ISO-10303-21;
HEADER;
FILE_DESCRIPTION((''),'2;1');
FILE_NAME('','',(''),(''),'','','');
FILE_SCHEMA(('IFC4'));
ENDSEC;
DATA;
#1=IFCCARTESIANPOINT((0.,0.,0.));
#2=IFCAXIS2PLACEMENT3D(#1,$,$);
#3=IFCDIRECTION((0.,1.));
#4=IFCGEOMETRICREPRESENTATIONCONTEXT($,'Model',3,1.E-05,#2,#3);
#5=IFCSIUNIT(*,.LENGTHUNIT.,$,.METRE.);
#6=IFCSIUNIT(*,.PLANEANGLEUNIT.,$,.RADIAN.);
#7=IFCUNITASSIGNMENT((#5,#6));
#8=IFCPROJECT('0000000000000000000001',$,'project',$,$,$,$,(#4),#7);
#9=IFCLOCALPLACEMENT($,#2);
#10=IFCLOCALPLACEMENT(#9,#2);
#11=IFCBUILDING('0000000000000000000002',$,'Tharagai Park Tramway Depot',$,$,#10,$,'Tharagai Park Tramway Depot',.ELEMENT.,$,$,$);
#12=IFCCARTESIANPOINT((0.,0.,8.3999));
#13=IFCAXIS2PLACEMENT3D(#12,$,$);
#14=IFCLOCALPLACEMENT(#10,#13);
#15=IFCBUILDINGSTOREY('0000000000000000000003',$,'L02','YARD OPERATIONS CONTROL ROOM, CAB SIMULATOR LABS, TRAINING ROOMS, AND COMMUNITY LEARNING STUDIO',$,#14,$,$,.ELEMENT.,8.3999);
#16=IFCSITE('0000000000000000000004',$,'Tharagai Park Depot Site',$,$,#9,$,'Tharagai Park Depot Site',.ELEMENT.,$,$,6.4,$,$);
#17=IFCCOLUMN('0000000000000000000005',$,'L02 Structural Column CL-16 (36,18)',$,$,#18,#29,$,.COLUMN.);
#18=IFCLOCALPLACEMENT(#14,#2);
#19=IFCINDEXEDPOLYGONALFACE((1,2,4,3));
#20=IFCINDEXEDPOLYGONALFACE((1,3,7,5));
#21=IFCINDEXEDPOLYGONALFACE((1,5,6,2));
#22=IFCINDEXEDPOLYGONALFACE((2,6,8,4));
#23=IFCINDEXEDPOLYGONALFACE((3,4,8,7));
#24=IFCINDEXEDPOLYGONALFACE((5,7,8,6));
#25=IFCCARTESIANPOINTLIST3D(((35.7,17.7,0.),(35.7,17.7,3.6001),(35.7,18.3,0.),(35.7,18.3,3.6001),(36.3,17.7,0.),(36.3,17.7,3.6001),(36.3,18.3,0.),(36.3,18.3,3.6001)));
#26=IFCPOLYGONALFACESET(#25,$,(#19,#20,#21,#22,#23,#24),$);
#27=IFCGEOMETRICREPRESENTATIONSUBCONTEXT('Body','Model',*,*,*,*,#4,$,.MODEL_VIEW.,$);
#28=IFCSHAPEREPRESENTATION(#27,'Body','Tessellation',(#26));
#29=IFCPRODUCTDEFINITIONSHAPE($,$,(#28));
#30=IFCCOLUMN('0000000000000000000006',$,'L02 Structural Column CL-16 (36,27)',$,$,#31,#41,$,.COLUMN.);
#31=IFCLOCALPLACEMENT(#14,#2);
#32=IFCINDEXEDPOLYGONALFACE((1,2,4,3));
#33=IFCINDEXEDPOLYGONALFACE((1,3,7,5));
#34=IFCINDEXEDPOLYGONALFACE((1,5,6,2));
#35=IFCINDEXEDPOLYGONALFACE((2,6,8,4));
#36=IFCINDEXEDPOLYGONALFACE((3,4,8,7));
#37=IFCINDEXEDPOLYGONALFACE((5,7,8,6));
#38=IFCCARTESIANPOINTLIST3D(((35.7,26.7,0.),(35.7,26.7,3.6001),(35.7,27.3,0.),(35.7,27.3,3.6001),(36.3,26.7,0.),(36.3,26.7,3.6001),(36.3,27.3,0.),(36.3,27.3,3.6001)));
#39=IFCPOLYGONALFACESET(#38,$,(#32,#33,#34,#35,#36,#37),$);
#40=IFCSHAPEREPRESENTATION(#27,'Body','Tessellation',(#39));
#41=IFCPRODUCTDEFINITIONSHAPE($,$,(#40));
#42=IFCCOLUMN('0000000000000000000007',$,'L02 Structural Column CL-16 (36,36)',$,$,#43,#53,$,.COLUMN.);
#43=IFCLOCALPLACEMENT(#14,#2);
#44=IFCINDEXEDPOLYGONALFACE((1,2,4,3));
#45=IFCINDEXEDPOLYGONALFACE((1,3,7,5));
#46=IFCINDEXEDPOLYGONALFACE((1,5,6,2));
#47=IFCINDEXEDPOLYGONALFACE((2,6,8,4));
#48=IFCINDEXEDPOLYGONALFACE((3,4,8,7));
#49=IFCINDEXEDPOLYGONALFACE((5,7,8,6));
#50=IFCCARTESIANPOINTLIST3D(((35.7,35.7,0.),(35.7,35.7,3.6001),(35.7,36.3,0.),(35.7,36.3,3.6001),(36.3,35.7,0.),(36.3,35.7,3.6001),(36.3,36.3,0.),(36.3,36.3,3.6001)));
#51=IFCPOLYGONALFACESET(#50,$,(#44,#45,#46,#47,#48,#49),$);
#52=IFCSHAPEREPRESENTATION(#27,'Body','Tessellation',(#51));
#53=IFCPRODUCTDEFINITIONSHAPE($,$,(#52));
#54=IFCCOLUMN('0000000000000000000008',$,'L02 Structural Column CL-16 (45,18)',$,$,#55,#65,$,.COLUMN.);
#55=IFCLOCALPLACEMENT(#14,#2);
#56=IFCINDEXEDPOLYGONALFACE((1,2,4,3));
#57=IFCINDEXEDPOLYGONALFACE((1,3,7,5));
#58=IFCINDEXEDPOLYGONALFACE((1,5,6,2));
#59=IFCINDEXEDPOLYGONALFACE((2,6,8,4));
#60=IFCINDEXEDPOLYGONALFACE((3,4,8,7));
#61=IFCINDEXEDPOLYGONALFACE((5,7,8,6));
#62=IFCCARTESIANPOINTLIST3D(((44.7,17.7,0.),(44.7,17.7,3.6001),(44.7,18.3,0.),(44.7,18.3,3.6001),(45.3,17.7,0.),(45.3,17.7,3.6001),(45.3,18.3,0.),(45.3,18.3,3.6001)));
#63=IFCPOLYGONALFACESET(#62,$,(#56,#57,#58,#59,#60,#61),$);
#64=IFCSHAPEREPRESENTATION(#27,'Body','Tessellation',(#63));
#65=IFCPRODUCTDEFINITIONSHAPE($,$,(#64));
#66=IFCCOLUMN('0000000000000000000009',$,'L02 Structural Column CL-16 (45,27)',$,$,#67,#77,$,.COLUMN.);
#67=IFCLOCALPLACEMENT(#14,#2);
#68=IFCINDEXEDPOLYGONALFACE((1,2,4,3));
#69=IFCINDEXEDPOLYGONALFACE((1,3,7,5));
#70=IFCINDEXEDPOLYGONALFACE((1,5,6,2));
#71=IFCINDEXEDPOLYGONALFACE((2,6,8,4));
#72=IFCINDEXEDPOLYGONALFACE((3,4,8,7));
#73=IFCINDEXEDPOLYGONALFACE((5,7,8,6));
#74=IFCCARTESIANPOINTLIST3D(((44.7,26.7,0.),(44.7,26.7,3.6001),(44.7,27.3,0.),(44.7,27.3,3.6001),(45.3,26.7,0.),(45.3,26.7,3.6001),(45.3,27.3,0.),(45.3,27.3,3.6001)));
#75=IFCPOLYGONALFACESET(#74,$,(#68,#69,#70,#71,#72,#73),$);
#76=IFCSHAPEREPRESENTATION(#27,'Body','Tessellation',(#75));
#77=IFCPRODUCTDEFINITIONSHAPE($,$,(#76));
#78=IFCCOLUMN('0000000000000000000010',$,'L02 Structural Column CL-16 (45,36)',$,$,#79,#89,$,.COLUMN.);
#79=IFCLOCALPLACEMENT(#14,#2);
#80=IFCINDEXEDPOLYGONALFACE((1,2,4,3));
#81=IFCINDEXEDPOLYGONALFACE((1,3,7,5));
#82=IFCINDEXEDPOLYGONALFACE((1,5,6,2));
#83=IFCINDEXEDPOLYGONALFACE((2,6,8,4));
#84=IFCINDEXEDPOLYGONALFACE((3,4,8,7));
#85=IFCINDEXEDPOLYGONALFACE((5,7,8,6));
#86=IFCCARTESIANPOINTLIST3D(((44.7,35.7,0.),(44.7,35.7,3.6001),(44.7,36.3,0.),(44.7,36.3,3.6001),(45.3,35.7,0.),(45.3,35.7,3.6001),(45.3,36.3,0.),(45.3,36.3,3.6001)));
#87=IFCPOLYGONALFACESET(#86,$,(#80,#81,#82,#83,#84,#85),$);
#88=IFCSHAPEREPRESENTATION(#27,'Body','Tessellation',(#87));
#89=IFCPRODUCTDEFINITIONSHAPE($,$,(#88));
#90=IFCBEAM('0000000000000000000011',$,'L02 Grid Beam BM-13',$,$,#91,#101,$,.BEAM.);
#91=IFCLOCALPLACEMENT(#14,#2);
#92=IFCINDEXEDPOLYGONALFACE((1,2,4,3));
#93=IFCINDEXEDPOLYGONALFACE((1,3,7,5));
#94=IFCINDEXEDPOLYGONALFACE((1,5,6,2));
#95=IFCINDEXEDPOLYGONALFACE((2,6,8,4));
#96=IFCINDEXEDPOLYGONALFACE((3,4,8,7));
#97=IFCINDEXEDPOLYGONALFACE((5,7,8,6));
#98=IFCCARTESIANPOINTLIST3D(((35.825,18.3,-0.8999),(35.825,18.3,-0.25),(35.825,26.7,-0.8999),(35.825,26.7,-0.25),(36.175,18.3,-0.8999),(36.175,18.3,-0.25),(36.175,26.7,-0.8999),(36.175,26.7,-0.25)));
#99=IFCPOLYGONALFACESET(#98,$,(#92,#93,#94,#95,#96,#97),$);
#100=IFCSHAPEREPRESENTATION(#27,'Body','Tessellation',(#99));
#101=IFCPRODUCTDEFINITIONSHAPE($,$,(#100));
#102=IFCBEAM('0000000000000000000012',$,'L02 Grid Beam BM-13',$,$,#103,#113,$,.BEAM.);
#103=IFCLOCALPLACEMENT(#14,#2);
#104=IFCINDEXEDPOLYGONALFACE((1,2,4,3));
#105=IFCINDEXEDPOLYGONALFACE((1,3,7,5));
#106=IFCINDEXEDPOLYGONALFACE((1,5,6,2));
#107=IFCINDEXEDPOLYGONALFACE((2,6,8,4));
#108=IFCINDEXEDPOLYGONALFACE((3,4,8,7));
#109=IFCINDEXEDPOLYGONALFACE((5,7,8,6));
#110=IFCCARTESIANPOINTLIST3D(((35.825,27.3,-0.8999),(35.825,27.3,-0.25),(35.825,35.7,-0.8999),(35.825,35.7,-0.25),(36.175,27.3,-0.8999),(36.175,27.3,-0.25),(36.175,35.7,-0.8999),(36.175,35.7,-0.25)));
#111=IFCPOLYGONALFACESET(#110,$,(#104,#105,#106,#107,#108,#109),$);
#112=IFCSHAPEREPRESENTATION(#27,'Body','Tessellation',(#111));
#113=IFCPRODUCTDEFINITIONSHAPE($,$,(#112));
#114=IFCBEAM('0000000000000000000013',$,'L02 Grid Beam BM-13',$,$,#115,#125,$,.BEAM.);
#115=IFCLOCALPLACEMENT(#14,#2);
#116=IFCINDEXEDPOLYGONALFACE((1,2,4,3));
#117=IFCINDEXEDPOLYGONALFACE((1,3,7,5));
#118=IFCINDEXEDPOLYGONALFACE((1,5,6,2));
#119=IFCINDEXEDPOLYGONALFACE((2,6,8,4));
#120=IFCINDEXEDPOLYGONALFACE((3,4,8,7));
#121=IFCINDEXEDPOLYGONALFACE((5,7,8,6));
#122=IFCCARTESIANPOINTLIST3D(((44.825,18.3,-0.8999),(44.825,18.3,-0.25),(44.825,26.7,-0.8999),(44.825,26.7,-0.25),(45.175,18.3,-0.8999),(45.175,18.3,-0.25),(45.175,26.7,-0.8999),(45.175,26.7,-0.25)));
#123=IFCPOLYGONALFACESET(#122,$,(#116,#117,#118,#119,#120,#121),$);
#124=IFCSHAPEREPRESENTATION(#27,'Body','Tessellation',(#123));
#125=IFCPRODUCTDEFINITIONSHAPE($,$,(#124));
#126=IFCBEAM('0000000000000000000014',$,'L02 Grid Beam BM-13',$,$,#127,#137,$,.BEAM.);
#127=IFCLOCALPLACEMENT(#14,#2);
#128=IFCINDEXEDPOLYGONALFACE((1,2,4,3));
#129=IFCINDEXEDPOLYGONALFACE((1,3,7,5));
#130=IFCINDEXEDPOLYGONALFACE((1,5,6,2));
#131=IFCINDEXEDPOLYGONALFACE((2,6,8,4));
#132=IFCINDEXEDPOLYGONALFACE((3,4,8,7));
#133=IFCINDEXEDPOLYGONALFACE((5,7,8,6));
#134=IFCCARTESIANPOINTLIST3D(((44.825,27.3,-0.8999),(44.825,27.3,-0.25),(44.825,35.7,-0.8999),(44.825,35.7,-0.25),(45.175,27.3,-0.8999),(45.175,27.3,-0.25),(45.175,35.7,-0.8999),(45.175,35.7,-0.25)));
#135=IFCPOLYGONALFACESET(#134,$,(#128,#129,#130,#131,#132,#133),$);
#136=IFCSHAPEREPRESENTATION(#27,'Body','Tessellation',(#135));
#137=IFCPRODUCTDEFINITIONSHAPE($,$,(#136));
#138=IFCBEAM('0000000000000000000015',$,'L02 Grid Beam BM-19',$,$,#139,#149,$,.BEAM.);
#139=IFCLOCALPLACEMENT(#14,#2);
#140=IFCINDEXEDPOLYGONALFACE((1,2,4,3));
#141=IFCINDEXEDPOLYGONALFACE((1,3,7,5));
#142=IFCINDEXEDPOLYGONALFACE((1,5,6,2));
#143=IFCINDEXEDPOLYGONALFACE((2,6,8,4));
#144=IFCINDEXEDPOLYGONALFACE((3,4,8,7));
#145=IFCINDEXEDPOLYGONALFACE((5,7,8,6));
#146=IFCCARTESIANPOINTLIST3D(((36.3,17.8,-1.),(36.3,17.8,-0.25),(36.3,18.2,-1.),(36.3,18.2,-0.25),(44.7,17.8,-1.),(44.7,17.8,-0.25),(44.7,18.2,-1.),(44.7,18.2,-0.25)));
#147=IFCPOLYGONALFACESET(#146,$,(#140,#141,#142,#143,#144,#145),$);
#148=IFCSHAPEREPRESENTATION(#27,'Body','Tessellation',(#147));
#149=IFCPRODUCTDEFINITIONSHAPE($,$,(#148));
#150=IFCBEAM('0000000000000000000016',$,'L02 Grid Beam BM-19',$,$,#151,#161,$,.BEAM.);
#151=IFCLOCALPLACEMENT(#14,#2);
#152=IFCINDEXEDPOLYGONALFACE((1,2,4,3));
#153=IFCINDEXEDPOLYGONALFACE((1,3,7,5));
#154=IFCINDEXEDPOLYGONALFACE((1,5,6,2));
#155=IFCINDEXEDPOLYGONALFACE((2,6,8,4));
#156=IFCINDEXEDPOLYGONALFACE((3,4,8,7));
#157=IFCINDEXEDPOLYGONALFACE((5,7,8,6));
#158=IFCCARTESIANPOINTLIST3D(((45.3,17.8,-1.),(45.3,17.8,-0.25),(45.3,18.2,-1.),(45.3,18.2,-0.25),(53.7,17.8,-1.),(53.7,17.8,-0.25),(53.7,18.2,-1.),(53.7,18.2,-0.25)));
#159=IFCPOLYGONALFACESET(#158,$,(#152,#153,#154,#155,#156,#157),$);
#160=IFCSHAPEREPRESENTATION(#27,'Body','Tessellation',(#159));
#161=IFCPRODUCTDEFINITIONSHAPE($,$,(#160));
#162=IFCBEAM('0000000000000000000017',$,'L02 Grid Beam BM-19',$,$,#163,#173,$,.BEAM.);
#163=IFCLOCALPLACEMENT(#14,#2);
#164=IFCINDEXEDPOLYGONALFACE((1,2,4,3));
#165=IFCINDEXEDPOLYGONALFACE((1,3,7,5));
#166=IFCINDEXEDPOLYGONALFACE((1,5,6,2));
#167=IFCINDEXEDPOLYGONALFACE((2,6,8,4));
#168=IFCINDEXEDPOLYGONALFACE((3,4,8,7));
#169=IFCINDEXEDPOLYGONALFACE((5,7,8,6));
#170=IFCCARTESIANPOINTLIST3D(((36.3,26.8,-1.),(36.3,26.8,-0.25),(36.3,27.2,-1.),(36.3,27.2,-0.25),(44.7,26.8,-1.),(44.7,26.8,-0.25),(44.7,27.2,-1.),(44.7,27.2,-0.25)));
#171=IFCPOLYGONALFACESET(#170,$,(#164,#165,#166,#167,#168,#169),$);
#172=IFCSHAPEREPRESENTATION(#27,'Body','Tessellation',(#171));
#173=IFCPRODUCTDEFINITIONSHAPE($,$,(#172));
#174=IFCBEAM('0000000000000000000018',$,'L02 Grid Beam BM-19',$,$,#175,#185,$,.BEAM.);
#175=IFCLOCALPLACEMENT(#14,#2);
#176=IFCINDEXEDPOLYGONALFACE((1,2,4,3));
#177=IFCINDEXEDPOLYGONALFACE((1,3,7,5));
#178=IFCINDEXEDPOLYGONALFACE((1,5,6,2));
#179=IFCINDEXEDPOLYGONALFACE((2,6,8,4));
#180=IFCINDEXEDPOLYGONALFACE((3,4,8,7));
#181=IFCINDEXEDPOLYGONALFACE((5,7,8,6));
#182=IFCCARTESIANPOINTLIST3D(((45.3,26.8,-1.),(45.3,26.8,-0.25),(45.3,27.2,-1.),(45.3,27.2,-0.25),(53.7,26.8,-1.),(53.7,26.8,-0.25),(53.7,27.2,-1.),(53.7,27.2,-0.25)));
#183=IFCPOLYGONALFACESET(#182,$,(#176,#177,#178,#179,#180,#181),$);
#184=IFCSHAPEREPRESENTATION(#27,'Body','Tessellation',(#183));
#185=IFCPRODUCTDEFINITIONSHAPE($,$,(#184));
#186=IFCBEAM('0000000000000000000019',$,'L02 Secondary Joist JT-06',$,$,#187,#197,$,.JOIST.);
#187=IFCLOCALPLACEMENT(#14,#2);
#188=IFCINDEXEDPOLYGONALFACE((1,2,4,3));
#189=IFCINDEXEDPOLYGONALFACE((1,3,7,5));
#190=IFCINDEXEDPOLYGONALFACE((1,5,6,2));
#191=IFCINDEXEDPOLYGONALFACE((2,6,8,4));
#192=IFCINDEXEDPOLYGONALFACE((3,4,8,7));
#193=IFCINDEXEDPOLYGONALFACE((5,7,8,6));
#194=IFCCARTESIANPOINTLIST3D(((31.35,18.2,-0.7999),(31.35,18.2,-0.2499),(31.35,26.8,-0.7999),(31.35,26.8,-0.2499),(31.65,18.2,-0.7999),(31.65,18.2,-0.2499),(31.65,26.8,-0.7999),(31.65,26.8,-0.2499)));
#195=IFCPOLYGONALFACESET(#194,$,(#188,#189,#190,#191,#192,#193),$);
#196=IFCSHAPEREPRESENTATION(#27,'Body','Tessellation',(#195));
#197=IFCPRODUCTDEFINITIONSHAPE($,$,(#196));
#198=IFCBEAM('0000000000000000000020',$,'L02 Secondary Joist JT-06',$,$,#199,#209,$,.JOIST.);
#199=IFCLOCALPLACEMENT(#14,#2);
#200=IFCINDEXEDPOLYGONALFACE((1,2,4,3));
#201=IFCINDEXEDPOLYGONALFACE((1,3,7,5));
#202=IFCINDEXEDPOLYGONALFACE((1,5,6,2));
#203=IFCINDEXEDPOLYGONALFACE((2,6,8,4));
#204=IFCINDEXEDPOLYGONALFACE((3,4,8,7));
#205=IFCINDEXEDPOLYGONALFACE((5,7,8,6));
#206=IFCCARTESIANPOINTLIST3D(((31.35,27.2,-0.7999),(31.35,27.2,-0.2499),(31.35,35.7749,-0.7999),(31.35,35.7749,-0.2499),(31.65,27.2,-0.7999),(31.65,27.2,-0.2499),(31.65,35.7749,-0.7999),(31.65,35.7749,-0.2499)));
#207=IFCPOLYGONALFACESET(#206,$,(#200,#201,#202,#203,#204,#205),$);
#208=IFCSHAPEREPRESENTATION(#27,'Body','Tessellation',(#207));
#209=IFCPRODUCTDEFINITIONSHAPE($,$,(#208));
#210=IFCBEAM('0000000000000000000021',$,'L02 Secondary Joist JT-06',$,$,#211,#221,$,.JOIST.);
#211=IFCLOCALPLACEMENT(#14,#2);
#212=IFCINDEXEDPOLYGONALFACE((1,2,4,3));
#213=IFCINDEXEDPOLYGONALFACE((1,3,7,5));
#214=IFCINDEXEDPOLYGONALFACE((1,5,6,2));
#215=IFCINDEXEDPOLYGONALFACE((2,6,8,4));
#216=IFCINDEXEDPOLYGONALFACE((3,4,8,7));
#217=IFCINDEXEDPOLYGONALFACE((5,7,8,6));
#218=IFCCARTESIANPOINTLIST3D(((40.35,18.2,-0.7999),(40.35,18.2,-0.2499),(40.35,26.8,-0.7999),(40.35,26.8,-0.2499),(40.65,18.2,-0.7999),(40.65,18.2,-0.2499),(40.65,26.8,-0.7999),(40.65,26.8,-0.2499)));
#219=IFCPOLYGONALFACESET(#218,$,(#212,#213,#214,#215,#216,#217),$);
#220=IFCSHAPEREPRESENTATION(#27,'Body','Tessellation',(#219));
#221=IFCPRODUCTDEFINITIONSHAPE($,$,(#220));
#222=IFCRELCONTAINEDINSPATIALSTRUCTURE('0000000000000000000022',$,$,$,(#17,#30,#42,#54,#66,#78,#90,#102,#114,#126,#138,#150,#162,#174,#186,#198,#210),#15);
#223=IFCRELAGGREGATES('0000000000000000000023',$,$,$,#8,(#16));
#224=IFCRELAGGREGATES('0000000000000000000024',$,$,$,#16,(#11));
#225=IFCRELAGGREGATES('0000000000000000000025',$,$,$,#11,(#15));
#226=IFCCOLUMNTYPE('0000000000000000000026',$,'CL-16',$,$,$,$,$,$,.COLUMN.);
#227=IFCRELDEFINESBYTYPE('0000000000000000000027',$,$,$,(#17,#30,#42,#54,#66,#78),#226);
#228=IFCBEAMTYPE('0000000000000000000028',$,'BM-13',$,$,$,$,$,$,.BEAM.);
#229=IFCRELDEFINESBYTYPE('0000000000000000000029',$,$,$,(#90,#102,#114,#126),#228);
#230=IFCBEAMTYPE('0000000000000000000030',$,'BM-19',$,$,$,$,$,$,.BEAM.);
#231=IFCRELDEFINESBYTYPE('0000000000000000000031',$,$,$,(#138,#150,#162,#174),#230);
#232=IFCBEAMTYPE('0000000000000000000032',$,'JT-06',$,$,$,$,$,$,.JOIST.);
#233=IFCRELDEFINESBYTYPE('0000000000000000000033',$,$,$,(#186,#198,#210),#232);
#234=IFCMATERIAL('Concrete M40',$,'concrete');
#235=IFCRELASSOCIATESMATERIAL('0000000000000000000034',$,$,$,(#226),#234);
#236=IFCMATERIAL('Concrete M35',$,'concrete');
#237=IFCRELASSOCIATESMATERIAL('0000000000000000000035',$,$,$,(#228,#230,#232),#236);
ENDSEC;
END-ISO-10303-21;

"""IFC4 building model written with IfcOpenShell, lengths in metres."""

from ifc_helpers import new_model, si_unit, direction, frame, origin, origin_2d, place, context, subcontext, project, spatial, rectangle, extrude, material, material_profile, profile_set, type_object, element, save


model = new_model("IFC4")

# Units and contexts
model_context = context("Model", 3, precision=1e-05, world=origin(), true_north=direction((0.0, 1.0)))
body_context = subcontext(model_context, "Body", "Model", "MODEL_VIEW")
ifc_project = project(units=[si_unit("LENGTHUNIT", "METRE"), si_unit("PLANEANGLEUNIT", "RADIAN")], contexts=[model_context])

# Site, building, storey
site_placement = place(None, origin())
site = spatial("IfcSite", under=ifc_project, at=site_placement, Name="Tharagai Park Depot Site", LongName="Tharagai Park Depot Site", CompositionType="ELEMENT", RefElevation=6.4)
building_placement = place(site_placement, origin())
building = spatial("IfcBuilding", under=site, at=building_placement, Name="Tharagai Park Tramway Depot", LongName="Tharagai Park Tramway Depot", CompositionType="ELEMENT")
storey_placement = place(building_placement, frame((0.0, 0.0, 8.3999)))
storey = spatial("IfcBuildingStorey", under=building, at=storey_placement, Name="L02", Description="YARD OPERATIONS CONTROL ROOM, CAB SIMULATOR LABS, TRAINING ROOMS, AND COMMUNITY LEARNING STUDIO", CompositionType="ELEMENT", Elevation=8.3999)

# Columns
ifc_material_1 = material(Name="Concrete M40", Category="concrete")
ifc_material_profile_1 = material_profile(ifc_material_1, rectangle(XDim=0.6001, YDim=0.6001, at=origin_2d()), Name="RC 600x600")
ifc_profile_set_1 = profile_set([ifc_material_profile_1], Name="Concrete M40")
column_type = type_object("IfcColumnType", Name="CL-16", PredefinedType="COLUMN", material=ifc_profile_set_1)
for number, where, z_axis, x_axis, name in (
    (1, (36.0, 18.0, 0.0), (0.0, 0.0, 1.0), (1.0, 0.0, 0.0), "L02 Structural Column CL-16 (36,18)"),
    (2, (36.0, 27.0, 0.0), (0.0, 0.0, 1.0), (1.0, 0.0, 0.0), "L02 Structural Column CL-16 (36,27)"),
    (3, (36.0, 36.0, 0.0), (0.0, 0.0, 1.0), (1.0, 0.0, 0.0), "L02 Structural Column CL-16 (36,36)"),
    (4, (45.0, 18.0, 0.0), (0.0, 0.0, 1.0), (1.0, 0.0, 0.0), "L02 Structural Column CL-16 (45,18)"),
    (5, (45.0, 27.0, 0.0), (0.0, 0.0, 1.0), (1.0, 0.0, 0.0), "L02 Structural Column CL-16 (45,27)"),
    (6, (45.0, 36.0, 0.0), (0.0, 0.0, 1.0), (1.0, 0.0, 0.0), "L02 Structural Column CL-16 (45,36)"),
):
    element("IfcColumn", number, at=place(storey_placement, frame(where, z_axis=z_axis, x_axis=x_axis)), inside=storey, type_object=column_type, Name=name, PredefinedType="COLUMN", context=body_context, shape_type="SweptSolid", body=[
        extrude(rectangle(XDim=0.6001, YDim=0.6001, at=origin_2d()), origin(), (0.0, 0.0, 1.0), 3.6001),
    ])

# Beams
ifc_material_2 = material(Name="Concrete M35", Category="concrete")
ifc_material_profile_2 = material_profile(ifc_material_2, rectangle(XDim=0.3501, YDim=0.6499, at=origin_2d()), Name="RC 350x650")
ifc_profile_set_2 = profile_set([ifc_material_profile_2], Name="Concrete M35")
beam_type_1 = type_object("IfcBeamType", Name="BM-13", PredefinedType="BEAM", material=ifc_profile_set_2)
for number, where, z_axis, x_axis, name in (
    (7, (36.0, 18.3, -0.575), (0.0, 1.0, 0.0), (-1.0, 0.0, 0.0), "L02 Grid Beam BM-13"),
    (8, (36.0, 27.3, -0.575), (0.0, 1.0, 0.0), (-1.0, 0.0, 0.0), "L02 Grid Beam BM-13"),
    (9, (45.0, 18.3, -0.575), (0.0, 1.0, 0.0), (-1.0, 0.0, 0.0), "L02 Grid Beam BM-13"),
    (10, (45.0, 27.3, -0.575), (0.0, 1.0, 0.0), (-1.0, 0.0, 0.0), "L02 Grid Beam BM-13"),
):
    element("IfcBeam", number, at=place(storey_placement, frame(where, z_axis=z_axis, x_axis=x_axis)), inside=storey, type_object=beam_type_1, Name=name, PredefinedType="BEAM", context=body_context, shape_type="SweptSolid", body=[
        extrude(rectangle(XDim=0.3501, YDim=0.6499, at=origin_2d()), origin(), (0.0, 0.0, 1.0), 8.3999),
    ])
ifc_material_profile_3 = material_profile(ifc_material_2, rectangle(XDim=0.3999, YDim=0.75, at=origin_2d()), Name="RC 400x750")
ifc_profile_set_3 = profile_set([ifc_material_profile_3], Name="Concrete M35")
beam_type_2 = type_object("IfcBeamType", Name="BM-19", PredefinedType="BEAM", material=ifc_profile_set_3)
for number, where, z_axis, x_axis, name in (
    (11, (36.3, 18.0, -0.625), (1.0, 0.0, 0.0), (0.0, 1.0, 0.0), "L02 Grid Beam BM-19"),
    (12, (45.3, 18.0, -0.625), (1.0, 0.0, 0.0), (0.0, 1.0, 0.0), "L02 Grid Beam BM-19"),
    (13, (36.3, 27.0, -0.625), (1.0, 0.0, 0.0), (0.0, 1.0, 0.0), "L02 Grid Beam BM-19"),
    (14, (45.3, 27.0, -0.625), (1.0, 0.0, 0.0), (0.0, 1.0, 0.0), "L02 Grid Beam BM-19"),
):
    element("IfcBeam", number, at=place(storey_placement, frame(where, z_axis=z_axis, x_axis=x_axis)), inside=storey, type_object=beam_type_2, Name=name, PredefinedType="BEAM", context=body_context, shape_type="SweptSolid", body=[
        extrude(rectangle(XDim=0.3999, YDim=0.75, at=origin_2d()), origin(), (0.0, 0.0, 1.0), 8.3999),
    ])
ifc_material_profile_4 = material_profile(ifc_material_2, rectangle(XDim=0.3, YDim=0.55, at=origin_2d()), Name="RC 300x550")
ifc_profile_set_4 = profile_set([ifc_material_profile_4], Name="Concrete M35")
beam_type_3 = type_object("IfcBeamType", Name="JT-06", PredefinedType="JOIST", material=ifc_profile_set_4)
beam_1_placement = place(storey_placement, frame((31.5, 18.2, -0.5249), z_axis=(0.0, 1.0, 0.0), x_axis=(-1.0, 0.0, 0.0)))
element("IfcBeam", 15, at=beam_1_placement, inside=storey, type_object=beam_type_3, Name="L02 Secondary Joist JT-06", PredefinedType="JOIST", context=body_context, shape_type="SweptSolid", body=[
    extrude(rectangle(XDim=0.3, YDim=0.55, at=origin_2d()), origin(), (0.0, 0.0, 1.0), 8.6001),
])
beam_2_placement = place(storey_placement, frame((31.5, 27.2, -0.5249), z_axis=(0.0, 1.0, 0.0), x_axis=(-1.0, 0.0, 0.0)))
element("IfcBeam", 16, at=beam_2_placement, inside=storey, type_object=beam_type_3, Name="L02 Secondary Joist JT-06", PredefinedType="JOIST", context=body_context, shape_type="SweptSolid", body=[
    extrude(rectangle(XDim=0.3, YDim=0.55, at=origin_2d()), origin(), (0.0, 0.0, 1.0), 8.575),
])
beam_3_placement = place(storey_placement, frame((40.5, 18.2, -0.5249), z_axis=(0.0, 1.0, 0.0), x_axis=(-1.0, 0.0, 0.0)))
element("IfcBeam", 17, at=beam_3_placement, inside=storey, type_object=beam_type_3, Name="L02 Secondary Joist JT-06", PredefinedType="JOIST", context=body_context, shape_type="SweptSolid", body=[
    extrude(rectangle(XDim=0.3, YDim=0.55, at=origin_2d()), origin(), (0.0, 0.0, 1.0), 8.6001),
])

save(model, "model.ifc")
